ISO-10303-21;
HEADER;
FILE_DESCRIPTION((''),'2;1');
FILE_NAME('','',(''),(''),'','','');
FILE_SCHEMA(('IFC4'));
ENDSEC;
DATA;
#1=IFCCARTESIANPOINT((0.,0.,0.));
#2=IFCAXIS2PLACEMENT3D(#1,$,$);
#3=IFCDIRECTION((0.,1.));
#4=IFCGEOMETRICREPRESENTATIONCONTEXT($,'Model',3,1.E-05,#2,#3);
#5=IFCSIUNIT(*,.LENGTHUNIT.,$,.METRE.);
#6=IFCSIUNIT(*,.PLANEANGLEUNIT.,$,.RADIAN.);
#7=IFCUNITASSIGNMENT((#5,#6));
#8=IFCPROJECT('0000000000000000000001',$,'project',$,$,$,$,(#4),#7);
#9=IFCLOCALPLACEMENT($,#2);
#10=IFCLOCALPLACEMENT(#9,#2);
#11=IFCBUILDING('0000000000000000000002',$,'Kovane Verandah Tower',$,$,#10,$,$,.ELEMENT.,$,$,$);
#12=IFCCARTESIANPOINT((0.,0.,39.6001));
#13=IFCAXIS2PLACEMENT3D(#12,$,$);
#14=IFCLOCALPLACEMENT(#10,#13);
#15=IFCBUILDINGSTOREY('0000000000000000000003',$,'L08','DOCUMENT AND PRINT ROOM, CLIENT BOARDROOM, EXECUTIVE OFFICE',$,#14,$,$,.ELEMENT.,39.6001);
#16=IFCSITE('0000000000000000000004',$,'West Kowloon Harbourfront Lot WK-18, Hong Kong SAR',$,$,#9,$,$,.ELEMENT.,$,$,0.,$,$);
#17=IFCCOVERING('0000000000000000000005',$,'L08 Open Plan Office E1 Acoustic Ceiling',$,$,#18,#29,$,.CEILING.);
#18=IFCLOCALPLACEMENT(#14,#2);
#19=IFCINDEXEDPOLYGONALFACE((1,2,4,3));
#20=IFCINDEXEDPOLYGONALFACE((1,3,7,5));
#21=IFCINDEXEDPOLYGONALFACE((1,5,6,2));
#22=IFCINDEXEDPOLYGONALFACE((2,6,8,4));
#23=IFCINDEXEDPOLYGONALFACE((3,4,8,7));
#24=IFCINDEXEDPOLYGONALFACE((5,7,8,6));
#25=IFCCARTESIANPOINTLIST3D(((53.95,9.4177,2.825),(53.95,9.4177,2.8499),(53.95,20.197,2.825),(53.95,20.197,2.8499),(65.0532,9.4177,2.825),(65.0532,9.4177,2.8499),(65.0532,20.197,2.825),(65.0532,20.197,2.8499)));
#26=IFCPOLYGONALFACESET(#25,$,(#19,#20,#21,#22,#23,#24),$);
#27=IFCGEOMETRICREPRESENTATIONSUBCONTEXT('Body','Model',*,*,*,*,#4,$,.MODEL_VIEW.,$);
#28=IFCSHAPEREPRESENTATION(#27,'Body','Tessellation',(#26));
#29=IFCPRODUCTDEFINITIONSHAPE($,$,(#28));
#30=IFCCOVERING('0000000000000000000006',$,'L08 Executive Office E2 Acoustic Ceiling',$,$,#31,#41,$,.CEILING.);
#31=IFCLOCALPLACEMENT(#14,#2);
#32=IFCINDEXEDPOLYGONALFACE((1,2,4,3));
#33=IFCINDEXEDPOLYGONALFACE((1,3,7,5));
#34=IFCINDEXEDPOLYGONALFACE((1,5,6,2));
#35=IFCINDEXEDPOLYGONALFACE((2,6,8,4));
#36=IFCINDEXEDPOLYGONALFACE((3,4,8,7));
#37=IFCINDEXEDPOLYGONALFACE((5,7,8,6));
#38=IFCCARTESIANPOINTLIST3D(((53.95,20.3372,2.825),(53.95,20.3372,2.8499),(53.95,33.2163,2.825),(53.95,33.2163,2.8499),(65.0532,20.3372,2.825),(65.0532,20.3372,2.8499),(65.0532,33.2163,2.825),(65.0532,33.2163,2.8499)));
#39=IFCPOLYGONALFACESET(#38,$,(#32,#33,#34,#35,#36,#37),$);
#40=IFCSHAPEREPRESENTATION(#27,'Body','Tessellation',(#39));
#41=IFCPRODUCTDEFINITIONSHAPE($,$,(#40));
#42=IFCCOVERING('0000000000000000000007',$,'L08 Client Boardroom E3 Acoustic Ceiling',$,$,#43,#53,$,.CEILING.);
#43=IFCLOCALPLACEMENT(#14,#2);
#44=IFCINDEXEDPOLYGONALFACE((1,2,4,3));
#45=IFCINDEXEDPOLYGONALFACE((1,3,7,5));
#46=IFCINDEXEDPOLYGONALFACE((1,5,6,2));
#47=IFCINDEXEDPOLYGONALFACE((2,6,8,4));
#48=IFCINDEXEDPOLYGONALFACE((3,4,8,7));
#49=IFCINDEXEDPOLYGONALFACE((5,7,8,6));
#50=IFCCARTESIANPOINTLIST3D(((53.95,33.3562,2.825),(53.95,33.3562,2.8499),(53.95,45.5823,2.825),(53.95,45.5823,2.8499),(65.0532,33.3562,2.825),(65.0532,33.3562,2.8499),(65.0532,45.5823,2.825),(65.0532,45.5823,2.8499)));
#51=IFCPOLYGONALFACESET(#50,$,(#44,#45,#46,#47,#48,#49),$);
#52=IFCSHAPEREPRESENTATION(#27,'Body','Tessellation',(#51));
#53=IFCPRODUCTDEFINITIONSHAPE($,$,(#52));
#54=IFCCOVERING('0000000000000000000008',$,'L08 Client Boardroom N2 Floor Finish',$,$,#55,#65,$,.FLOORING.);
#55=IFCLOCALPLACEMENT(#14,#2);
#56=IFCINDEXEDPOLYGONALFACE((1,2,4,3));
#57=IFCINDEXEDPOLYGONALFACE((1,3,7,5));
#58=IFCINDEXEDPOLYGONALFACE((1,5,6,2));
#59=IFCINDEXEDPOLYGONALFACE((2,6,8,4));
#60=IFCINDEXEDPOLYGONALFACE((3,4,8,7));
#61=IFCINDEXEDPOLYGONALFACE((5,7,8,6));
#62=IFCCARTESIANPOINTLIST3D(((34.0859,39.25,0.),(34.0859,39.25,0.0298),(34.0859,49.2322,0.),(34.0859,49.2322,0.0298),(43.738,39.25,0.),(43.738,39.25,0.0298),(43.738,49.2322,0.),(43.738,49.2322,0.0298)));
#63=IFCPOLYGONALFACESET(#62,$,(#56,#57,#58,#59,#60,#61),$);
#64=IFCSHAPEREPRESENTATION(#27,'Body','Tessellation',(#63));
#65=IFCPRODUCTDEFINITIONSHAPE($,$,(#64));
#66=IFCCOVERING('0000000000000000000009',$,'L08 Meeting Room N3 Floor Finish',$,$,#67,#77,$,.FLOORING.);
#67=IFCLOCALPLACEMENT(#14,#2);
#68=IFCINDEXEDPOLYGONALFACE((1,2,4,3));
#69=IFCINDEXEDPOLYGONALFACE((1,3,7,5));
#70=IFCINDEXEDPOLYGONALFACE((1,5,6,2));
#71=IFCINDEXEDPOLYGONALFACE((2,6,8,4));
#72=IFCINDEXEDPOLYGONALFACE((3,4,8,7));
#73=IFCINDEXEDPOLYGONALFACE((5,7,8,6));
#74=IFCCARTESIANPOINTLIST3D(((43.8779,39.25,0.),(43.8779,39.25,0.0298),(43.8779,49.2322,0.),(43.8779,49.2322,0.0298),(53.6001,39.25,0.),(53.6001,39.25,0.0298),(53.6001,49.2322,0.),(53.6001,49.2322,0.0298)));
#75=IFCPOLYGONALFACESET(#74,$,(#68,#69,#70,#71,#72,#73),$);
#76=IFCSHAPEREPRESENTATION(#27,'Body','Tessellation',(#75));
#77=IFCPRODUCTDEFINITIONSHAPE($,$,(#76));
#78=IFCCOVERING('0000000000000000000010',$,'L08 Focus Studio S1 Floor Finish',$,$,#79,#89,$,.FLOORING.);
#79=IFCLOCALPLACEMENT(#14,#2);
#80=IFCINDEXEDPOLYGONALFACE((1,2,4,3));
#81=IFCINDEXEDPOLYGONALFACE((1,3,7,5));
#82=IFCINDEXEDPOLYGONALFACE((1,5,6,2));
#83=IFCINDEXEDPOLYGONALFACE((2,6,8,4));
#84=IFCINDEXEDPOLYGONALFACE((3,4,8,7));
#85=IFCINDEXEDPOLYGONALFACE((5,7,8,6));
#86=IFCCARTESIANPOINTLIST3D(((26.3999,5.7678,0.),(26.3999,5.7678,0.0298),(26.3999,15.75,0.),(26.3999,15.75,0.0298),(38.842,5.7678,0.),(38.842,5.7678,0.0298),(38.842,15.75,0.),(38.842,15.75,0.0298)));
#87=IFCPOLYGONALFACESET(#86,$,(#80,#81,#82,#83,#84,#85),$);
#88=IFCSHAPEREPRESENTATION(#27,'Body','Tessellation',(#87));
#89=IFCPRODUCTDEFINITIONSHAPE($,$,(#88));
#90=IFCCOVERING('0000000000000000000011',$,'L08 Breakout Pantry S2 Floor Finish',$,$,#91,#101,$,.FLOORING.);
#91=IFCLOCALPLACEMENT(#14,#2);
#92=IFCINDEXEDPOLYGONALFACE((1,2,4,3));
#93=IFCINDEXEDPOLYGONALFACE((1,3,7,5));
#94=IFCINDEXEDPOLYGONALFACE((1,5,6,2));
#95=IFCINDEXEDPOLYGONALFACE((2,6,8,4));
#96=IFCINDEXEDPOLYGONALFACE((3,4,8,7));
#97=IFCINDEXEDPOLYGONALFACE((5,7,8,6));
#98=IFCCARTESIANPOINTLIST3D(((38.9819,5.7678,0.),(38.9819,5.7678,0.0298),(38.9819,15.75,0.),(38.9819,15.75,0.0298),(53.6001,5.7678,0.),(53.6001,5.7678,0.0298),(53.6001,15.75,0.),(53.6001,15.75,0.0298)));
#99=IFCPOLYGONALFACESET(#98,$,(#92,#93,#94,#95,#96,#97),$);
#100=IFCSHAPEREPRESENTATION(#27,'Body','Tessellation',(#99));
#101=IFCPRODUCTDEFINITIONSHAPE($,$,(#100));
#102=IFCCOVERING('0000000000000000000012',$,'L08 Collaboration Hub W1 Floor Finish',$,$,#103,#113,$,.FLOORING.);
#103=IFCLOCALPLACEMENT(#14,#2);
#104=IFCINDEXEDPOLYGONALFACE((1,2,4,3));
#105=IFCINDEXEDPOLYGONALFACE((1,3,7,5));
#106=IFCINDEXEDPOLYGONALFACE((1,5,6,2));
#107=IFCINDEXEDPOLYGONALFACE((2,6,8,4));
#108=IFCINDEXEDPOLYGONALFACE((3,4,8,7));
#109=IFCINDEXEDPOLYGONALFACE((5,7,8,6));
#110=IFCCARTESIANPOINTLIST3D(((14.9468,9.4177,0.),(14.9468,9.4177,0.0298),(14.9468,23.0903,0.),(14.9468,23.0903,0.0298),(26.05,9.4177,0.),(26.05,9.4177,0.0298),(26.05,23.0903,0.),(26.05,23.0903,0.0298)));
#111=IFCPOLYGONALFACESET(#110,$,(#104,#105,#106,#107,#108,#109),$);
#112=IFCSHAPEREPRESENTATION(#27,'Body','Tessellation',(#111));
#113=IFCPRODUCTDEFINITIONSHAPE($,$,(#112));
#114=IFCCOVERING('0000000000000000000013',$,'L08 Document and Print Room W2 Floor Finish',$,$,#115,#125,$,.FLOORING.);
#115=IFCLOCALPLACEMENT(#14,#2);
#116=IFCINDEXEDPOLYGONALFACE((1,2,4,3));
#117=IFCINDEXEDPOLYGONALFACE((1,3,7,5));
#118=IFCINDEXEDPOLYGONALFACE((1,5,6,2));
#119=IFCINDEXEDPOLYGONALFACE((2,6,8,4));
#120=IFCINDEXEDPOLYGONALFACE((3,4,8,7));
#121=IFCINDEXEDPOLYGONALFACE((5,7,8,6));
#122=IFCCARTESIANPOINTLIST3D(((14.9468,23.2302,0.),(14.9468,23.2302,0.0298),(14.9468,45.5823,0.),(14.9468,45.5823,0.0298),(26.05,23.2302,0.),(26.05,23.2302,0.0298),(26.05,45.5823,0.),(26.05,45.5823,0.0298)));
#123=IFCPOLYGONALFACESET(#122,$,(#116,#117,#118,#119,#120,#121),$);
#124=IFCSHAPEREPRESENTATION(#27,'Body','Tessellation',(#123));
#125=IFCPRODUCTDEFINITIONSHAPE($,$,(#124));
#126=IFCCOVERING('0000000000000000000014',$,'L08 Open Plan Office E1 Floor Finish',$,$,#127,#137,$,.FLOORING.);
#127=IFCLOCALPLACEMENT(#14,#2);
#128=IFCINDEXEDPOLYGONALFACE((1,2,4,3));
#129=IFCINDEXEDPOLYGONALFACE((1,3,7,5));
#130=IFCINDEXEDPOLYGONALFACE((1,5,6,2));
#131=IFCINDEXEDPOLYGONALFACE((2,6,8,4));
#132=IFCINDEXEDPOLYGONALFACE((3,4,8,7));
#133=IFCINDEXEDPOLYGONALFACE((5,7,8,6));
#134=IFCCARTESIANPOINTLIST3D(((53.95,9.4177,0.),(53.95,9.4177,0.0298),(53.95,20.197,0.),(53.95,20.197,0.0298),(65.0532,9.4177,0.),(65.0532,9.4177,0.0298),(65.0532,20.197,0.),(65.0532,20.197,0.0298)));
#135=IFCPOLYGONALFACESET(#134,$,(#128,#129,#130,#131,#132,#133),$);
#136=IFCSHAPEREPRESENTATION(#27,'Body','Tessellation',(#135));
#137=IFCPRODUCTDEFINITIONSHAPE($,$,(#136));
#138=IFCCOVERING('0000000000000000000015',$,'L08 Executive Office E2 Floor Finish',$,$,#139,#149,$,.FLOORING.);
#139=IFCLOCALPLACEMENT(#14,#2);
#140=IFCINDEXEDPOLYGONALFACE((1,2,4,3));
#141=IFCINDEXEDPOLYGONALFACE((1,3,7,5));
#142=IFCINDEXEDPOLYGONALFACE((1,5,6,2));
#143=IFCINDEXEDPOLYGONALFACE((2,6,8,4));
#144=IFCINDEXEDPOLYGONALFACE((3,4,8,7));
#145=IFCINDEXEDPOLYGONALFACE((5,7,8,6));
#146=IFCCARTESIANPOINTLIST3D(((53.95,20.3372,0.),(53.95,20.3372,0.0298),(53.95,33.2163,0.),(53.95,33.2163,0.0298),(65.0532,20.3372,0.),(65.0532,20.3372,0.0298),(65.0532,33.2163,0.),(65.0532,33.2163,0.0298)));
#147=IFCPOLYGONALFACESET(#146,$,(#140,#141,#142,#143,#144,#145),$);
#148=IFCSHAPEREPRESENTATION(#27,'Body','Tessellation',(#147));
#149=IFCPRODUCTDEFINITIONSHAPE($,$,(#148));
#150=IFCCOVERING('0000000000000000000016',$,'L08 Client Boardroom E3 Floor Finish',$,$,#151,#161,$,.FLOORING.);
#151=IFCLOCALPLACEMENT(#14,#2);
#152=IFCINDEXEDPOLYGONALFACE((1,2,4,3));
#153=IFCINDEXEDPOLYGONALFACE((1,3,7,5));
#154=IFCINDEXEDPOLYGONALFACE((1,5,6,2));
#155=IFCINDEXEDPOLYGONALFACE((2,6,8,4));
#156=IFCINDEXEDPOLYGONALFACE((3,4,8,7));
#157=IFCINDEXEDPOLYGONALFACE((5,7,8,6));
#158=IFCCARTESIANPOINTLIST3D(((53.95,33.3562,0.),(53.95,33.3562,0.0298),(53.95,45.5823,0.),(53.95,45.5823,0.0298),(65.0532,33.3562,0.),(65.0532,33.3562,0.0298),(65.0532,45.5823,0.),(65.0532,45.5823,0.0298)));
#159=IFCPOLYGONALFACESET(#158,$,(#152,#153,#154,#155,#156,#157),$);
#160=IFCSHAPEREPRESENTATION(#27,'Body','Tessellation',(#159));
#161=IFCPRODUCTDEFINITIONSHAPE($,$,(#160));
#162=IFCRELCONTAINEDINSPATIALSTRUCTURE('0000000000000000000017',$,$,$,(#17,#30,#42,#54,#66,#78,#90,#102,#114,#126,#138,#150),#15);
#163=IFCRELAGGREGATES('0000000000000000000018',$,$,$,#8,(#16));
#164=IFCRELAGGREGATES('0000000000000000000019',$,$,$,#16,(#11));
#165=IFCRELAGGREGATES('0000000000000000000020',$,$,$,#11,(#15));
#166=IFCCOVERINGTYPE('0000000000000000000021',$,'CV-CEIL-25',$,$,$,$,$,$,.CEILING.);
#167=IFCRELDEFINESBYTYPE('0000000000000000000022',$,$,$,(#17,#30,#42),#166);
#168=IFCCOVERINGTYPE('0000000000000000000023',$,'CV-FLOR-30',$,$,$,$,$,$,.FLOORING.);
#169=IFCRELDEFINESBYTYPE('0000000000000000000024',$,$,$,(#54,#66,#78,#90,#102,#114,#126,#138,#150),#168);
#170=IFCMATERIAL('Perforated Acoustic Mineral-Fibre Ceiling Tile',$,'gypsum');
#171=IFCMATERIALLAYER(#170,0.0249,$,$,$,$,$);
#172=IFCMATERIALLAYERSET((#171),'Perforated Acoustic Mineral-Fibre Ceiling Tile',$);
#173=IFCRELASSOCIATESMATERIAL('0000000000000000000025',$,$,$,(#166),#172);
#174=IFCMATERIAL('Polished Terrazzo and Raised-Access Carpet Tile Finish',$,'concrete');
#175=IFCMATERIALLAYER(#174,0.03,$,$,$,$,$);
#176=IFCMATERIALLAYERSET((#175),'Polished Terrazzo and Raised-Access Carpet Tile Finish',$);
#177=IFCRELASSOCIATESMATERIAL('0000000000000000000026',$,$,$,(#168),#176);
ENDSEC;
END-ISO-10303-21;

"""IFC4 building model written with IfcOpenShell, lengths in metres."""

from ifc_helpers import new_model, si_unit, direction, frame, origin, place, context, subcontext, project, spatial, polyline, outline, extrude, material, layer, layer_set, type_object, element, save


model = new_model("IFC4")

# Units and contexts
model_context = context("Model", 3, precision=1e-05, world=origin(), true_north=direction((0.0, 1.0)))
body_context = subcontext(model_context, "Body", "Model", "MODEL_VIEW")
ifc_project = project(units=[si_unit("LENGTHUNIT", "METRE"), si_unit("PLANEANGLEUNIT", "RADIAN")], contexts=[model_context])

# Site, building, storey
site_placement = place(None, origin())
site = spatial("IfcSite", under=ifc_project, at=site_placement, Name="West Kowloon Harbourfront Lot WK-18, Hong Kong SAR", CompositionType="ELEMENT", RefElevation=0.0)
building_placement = place(site_placement, origin())
building = spatial("IfcBuilding", under=site, at=building_placement, Name="Kovane Verandah Tower", CompositionType="ELEMENT")
storey_placement = place(building_placement, frame((0.0, 0.0, 39.6001)))
storey = spatial("IfcBuildingStorey", under=building, at=storey_placement, Name="L08", Description="DOCUMENT AND PRINT ROOM, CLIENT BOARDROOM, EXECUTIVE OFFICE", CompositionType="ELEMENT", Elevation=39.6001)

# Coverings
ifc_material_1 = material(Name="Perforated Acoustic Mineral-Fibre Ceiling Tile", Category="gypsum")
ifc_layer_1 = layer(ifc_material_1, 0.0249)
ifc_layer_set_1 = layer_set([ifc_layer_1], Name="Perforated Acoustic Mineral-Fibre Ceiling Tile")
covering_type_1 = type_object("IfcCoveringType", Name="CV-CEIL-25", PredefinedType="CEILING", material=ifc_layer_set_1)
covering_1_placement = place(storey_placement, frame((0.0, 0.0, 2.825)))
element("IfcCovering", 1, at=covering_1_placement, inside=storey, type_object=covering_type_1, Name="L08 Open Plan Office E1 Acoustic Ceiling", PredefinedType="CEILING", context=body_context, shape_type="SweptSolid", body=[
    extrude(outline(polyline([(53.95, 9.4177), (65.0532, 9.4177), (65.0532, 20.197), (53.95, 20.197), (53.95, 9.4177)])), origin(), (0.0, 0.0, 1.0), 0.0249),
])
covering_2_placement = place(storey_placement, frame((0.0, 0.0, 2.825)))
element("IfcCovering", 2, at=covering_2_placement, inside=storey, type_object=covering_type_1, Name="L08 Executive Office E2 Acoustic Ceiling", PredefinedType="CEILING", context=body_context, shape_type="SweptSolid", body=[
    extrude(outline(polyline([(53.95, 20.3372), (65.0532, 20.3372), (65.0532, 33.2163), (53.95, 33.2163), (53.95, 20.3372)])), origin(), (0.0, 0.0, 1.0), 0.0249),
])
covering_3_placement = place(storey_placement, frame((0.0, 0.0, 2.825)))
element("IfcCovering", 3, at=covering_3_placement, inside=storey, type_object=covering_type_1, Name="L08 Client Boardroom E3 Acoustic Ceiling", PredefinedType="CEILING", context=body_context, shape_type="SweptSolid", body=[
    extrude(outline(polyline([(53.95, 33.3562), (65.0532, 33.3562), (65.0532, 45.5823), (53.95, 45.5823), (53.95, 33.3562)])), origin(), (0.0, 0.0, 1.0), 0.0249),
])
ifc_material_2 = material(Name="Polished Terrazzo and Raised-Access Carpet Tile Finish", Category="concrete")
ifc_layer_2 = layer(ifc_material_2, 0.03)
ifc_layer_set_2 = layer_set([ifc_layer_2], Name="Polished Terrazzo and Raised-Access Carpet Tile Finish")
covering_type_2 = type_object("IfcCoveringType", Name="CV-FLOR-30", PredefinedType="FLOORING", material=ifc_layer_set_2)
covering_4_placement = place(storey_placement, origin())
element("IfcCovering", 4, at=covering_4_placement, inside=storey, type_object=covering_type_2, Name="L08 Client Boardroom N2 Floor Finish", PredefinedType="FLOORING", context=body_context, shape_type="SweptSolid", body=[
    extrude(outline(polyline([(34.0859, 39.25), (43.738, 39.25), (43.738, 49.2322), (34.0859, 49.2322), (34.0859, 39.25)])), origin(), (0.0, 0.0, 1.0), 0.0298),
])
covering_5_placement = place(storey_placement, origin())
element("IfcCovering", 5, at=covering_5_placement, inside=storey, type_object=covering_type_2, Name="L08 Meeting Room N3 Floor Finish", PredefinedType="FLOORING", context=body_context, shape_type="SweptSolid", body=[
    extrude(outline(polyline([(43.8779, 39.25), (53.6001, 39.25), (53.6001, 49.2322), (43.8779, 49.2322), (43.8779, 39.25)])), origin(), (0.0, 0.0, 1.0), 0.0298),
])
covering_6_placement = place(storey_placement, origin())
element("IfcCovering", 6, at=covering_6_placement, inside=storey, type_object=covering_type_2, Name="L08 Focus Studio S1 Floor Finish", PredefinedType="FLOORING", context=body_context, shape_type="SweptSolid", body=[
    extrude(outline(polyline([(26.3999, 5.7678), (38.842, 5.7678), (38.842, 15.75), (26.3999, 15.75), (26.3999, 5.7678)])), origin(), (0.0, 0.0, 1.0), 0.0298),
])
covering_7_placement = place(storey_placement, origin())
element("IfcCovering", 7, at=covering_7_placement, inside=storey, type_object=covering_type_2, Name="L08 Breakout Pantry S2 Floor Finish", PredefinedType="FLOORING", context=body_context, shape_type="SweptSolid", body=[
    extrude(outline(polyline([(38.9819, 5.7678), (53.6001, 5.7678), (53.6001, 15.75), (38.9819, 15.75), (38.9819, 5.7678)])), origin(), (0.0, 0.0, 1.0), 0.0298),
])
covering_8_placement = place(storey_placement, origin())
element("IfcCovering", 8, at=covering_8_placement, inside=storey, type_object=covering_type_2, Name="L08 Collaboration Hub W1 Floor Finish", PredefinedType="FLOORING", context=body_context, shape_type="SweptSolid", body=[
    extrude(outline(polyline([(14.9468, 9.4177), (26.05, 9.4177), (26.05, 23.0903), (14.9468, 23.0903), (14.9468, 9.4177)])), origin(), (0.0, 0.0, 1.0), 0.0298),
])
covering_9_placement = place(storey_placement, origin())
element("IfcCovering", 9, at=covering_9_placement, inside=storey, type_object=covering_type_2, Name="L08 Document and Print Room W2 Floor Finish", PredefinedType="FLOORING", context=body_context, shape_type="SweptSolid", body=[
    extrude(outline(polyline([(14.9468, 23.2302), (26.05, 23.2302), (26.05, 45.5823), (14.9468, 45.5823), (14.9468, 23.2302)])), origin(), (0.0, 0.0, 1.0), 0.0298),
])
covering_10_placement = place(storey_placement, origin())
element("IfcCovering", 10, at=covering_10_placement, inside=storey, type_object=covering_type_2, Name="L08 Open Plan Office E1 Floor Finish", PredefinedType="FLOORING", context=body_context, shape_type="SweptSolid", body=[
    extrude(outline(polyline([(53.95, 9.4177), (65.0532, 9.4177), (65.0532, 20.197), (53.95, 20.197), (53.95, 9.4177)])), origin(), (0.0, 0.0, 1.0), 0.0298),
])
covering_11_placement = place(storey_placement, origin())
element("IfcCovering", 11, at=covering_11_placement, inside=storey, type_object=covering_type_2, Name="L08 Executive Office E2 Floor Finish", PredefinedType="FLOORING", context=body_context, shape_type="SweptSolid", body=[
    extrude(outline(polyline([(53.95, 20.3372), (65.0532, 20.3372), (65.0532, 33.2163), (53.95, 33.2163), (53.95, 20.3372)])), origin(), (0.0, 0.0, 1.0), 0.0298),
])
covering_12_placement = place(storey_placement, origin())
element("IfcCovering", 12, at=covering_12_placement, inside=storey, type_object=covering_type_2, Name="L08 Client Boardroom E3 Floor Finish", PredefinedType="FLOORING", context=body_context, shape_type="SweptSolid", body=[
    extrude(outline(polyline([(53.95, 33.3562), (65.0532, 33.3562), (65.0532, 45.5823), (53.95, 45.5823), (53.95, 33.3562)])), origin(), (0.0, 0.0, 1.0), 0.0298),
])

save(model, "model.ifc")
